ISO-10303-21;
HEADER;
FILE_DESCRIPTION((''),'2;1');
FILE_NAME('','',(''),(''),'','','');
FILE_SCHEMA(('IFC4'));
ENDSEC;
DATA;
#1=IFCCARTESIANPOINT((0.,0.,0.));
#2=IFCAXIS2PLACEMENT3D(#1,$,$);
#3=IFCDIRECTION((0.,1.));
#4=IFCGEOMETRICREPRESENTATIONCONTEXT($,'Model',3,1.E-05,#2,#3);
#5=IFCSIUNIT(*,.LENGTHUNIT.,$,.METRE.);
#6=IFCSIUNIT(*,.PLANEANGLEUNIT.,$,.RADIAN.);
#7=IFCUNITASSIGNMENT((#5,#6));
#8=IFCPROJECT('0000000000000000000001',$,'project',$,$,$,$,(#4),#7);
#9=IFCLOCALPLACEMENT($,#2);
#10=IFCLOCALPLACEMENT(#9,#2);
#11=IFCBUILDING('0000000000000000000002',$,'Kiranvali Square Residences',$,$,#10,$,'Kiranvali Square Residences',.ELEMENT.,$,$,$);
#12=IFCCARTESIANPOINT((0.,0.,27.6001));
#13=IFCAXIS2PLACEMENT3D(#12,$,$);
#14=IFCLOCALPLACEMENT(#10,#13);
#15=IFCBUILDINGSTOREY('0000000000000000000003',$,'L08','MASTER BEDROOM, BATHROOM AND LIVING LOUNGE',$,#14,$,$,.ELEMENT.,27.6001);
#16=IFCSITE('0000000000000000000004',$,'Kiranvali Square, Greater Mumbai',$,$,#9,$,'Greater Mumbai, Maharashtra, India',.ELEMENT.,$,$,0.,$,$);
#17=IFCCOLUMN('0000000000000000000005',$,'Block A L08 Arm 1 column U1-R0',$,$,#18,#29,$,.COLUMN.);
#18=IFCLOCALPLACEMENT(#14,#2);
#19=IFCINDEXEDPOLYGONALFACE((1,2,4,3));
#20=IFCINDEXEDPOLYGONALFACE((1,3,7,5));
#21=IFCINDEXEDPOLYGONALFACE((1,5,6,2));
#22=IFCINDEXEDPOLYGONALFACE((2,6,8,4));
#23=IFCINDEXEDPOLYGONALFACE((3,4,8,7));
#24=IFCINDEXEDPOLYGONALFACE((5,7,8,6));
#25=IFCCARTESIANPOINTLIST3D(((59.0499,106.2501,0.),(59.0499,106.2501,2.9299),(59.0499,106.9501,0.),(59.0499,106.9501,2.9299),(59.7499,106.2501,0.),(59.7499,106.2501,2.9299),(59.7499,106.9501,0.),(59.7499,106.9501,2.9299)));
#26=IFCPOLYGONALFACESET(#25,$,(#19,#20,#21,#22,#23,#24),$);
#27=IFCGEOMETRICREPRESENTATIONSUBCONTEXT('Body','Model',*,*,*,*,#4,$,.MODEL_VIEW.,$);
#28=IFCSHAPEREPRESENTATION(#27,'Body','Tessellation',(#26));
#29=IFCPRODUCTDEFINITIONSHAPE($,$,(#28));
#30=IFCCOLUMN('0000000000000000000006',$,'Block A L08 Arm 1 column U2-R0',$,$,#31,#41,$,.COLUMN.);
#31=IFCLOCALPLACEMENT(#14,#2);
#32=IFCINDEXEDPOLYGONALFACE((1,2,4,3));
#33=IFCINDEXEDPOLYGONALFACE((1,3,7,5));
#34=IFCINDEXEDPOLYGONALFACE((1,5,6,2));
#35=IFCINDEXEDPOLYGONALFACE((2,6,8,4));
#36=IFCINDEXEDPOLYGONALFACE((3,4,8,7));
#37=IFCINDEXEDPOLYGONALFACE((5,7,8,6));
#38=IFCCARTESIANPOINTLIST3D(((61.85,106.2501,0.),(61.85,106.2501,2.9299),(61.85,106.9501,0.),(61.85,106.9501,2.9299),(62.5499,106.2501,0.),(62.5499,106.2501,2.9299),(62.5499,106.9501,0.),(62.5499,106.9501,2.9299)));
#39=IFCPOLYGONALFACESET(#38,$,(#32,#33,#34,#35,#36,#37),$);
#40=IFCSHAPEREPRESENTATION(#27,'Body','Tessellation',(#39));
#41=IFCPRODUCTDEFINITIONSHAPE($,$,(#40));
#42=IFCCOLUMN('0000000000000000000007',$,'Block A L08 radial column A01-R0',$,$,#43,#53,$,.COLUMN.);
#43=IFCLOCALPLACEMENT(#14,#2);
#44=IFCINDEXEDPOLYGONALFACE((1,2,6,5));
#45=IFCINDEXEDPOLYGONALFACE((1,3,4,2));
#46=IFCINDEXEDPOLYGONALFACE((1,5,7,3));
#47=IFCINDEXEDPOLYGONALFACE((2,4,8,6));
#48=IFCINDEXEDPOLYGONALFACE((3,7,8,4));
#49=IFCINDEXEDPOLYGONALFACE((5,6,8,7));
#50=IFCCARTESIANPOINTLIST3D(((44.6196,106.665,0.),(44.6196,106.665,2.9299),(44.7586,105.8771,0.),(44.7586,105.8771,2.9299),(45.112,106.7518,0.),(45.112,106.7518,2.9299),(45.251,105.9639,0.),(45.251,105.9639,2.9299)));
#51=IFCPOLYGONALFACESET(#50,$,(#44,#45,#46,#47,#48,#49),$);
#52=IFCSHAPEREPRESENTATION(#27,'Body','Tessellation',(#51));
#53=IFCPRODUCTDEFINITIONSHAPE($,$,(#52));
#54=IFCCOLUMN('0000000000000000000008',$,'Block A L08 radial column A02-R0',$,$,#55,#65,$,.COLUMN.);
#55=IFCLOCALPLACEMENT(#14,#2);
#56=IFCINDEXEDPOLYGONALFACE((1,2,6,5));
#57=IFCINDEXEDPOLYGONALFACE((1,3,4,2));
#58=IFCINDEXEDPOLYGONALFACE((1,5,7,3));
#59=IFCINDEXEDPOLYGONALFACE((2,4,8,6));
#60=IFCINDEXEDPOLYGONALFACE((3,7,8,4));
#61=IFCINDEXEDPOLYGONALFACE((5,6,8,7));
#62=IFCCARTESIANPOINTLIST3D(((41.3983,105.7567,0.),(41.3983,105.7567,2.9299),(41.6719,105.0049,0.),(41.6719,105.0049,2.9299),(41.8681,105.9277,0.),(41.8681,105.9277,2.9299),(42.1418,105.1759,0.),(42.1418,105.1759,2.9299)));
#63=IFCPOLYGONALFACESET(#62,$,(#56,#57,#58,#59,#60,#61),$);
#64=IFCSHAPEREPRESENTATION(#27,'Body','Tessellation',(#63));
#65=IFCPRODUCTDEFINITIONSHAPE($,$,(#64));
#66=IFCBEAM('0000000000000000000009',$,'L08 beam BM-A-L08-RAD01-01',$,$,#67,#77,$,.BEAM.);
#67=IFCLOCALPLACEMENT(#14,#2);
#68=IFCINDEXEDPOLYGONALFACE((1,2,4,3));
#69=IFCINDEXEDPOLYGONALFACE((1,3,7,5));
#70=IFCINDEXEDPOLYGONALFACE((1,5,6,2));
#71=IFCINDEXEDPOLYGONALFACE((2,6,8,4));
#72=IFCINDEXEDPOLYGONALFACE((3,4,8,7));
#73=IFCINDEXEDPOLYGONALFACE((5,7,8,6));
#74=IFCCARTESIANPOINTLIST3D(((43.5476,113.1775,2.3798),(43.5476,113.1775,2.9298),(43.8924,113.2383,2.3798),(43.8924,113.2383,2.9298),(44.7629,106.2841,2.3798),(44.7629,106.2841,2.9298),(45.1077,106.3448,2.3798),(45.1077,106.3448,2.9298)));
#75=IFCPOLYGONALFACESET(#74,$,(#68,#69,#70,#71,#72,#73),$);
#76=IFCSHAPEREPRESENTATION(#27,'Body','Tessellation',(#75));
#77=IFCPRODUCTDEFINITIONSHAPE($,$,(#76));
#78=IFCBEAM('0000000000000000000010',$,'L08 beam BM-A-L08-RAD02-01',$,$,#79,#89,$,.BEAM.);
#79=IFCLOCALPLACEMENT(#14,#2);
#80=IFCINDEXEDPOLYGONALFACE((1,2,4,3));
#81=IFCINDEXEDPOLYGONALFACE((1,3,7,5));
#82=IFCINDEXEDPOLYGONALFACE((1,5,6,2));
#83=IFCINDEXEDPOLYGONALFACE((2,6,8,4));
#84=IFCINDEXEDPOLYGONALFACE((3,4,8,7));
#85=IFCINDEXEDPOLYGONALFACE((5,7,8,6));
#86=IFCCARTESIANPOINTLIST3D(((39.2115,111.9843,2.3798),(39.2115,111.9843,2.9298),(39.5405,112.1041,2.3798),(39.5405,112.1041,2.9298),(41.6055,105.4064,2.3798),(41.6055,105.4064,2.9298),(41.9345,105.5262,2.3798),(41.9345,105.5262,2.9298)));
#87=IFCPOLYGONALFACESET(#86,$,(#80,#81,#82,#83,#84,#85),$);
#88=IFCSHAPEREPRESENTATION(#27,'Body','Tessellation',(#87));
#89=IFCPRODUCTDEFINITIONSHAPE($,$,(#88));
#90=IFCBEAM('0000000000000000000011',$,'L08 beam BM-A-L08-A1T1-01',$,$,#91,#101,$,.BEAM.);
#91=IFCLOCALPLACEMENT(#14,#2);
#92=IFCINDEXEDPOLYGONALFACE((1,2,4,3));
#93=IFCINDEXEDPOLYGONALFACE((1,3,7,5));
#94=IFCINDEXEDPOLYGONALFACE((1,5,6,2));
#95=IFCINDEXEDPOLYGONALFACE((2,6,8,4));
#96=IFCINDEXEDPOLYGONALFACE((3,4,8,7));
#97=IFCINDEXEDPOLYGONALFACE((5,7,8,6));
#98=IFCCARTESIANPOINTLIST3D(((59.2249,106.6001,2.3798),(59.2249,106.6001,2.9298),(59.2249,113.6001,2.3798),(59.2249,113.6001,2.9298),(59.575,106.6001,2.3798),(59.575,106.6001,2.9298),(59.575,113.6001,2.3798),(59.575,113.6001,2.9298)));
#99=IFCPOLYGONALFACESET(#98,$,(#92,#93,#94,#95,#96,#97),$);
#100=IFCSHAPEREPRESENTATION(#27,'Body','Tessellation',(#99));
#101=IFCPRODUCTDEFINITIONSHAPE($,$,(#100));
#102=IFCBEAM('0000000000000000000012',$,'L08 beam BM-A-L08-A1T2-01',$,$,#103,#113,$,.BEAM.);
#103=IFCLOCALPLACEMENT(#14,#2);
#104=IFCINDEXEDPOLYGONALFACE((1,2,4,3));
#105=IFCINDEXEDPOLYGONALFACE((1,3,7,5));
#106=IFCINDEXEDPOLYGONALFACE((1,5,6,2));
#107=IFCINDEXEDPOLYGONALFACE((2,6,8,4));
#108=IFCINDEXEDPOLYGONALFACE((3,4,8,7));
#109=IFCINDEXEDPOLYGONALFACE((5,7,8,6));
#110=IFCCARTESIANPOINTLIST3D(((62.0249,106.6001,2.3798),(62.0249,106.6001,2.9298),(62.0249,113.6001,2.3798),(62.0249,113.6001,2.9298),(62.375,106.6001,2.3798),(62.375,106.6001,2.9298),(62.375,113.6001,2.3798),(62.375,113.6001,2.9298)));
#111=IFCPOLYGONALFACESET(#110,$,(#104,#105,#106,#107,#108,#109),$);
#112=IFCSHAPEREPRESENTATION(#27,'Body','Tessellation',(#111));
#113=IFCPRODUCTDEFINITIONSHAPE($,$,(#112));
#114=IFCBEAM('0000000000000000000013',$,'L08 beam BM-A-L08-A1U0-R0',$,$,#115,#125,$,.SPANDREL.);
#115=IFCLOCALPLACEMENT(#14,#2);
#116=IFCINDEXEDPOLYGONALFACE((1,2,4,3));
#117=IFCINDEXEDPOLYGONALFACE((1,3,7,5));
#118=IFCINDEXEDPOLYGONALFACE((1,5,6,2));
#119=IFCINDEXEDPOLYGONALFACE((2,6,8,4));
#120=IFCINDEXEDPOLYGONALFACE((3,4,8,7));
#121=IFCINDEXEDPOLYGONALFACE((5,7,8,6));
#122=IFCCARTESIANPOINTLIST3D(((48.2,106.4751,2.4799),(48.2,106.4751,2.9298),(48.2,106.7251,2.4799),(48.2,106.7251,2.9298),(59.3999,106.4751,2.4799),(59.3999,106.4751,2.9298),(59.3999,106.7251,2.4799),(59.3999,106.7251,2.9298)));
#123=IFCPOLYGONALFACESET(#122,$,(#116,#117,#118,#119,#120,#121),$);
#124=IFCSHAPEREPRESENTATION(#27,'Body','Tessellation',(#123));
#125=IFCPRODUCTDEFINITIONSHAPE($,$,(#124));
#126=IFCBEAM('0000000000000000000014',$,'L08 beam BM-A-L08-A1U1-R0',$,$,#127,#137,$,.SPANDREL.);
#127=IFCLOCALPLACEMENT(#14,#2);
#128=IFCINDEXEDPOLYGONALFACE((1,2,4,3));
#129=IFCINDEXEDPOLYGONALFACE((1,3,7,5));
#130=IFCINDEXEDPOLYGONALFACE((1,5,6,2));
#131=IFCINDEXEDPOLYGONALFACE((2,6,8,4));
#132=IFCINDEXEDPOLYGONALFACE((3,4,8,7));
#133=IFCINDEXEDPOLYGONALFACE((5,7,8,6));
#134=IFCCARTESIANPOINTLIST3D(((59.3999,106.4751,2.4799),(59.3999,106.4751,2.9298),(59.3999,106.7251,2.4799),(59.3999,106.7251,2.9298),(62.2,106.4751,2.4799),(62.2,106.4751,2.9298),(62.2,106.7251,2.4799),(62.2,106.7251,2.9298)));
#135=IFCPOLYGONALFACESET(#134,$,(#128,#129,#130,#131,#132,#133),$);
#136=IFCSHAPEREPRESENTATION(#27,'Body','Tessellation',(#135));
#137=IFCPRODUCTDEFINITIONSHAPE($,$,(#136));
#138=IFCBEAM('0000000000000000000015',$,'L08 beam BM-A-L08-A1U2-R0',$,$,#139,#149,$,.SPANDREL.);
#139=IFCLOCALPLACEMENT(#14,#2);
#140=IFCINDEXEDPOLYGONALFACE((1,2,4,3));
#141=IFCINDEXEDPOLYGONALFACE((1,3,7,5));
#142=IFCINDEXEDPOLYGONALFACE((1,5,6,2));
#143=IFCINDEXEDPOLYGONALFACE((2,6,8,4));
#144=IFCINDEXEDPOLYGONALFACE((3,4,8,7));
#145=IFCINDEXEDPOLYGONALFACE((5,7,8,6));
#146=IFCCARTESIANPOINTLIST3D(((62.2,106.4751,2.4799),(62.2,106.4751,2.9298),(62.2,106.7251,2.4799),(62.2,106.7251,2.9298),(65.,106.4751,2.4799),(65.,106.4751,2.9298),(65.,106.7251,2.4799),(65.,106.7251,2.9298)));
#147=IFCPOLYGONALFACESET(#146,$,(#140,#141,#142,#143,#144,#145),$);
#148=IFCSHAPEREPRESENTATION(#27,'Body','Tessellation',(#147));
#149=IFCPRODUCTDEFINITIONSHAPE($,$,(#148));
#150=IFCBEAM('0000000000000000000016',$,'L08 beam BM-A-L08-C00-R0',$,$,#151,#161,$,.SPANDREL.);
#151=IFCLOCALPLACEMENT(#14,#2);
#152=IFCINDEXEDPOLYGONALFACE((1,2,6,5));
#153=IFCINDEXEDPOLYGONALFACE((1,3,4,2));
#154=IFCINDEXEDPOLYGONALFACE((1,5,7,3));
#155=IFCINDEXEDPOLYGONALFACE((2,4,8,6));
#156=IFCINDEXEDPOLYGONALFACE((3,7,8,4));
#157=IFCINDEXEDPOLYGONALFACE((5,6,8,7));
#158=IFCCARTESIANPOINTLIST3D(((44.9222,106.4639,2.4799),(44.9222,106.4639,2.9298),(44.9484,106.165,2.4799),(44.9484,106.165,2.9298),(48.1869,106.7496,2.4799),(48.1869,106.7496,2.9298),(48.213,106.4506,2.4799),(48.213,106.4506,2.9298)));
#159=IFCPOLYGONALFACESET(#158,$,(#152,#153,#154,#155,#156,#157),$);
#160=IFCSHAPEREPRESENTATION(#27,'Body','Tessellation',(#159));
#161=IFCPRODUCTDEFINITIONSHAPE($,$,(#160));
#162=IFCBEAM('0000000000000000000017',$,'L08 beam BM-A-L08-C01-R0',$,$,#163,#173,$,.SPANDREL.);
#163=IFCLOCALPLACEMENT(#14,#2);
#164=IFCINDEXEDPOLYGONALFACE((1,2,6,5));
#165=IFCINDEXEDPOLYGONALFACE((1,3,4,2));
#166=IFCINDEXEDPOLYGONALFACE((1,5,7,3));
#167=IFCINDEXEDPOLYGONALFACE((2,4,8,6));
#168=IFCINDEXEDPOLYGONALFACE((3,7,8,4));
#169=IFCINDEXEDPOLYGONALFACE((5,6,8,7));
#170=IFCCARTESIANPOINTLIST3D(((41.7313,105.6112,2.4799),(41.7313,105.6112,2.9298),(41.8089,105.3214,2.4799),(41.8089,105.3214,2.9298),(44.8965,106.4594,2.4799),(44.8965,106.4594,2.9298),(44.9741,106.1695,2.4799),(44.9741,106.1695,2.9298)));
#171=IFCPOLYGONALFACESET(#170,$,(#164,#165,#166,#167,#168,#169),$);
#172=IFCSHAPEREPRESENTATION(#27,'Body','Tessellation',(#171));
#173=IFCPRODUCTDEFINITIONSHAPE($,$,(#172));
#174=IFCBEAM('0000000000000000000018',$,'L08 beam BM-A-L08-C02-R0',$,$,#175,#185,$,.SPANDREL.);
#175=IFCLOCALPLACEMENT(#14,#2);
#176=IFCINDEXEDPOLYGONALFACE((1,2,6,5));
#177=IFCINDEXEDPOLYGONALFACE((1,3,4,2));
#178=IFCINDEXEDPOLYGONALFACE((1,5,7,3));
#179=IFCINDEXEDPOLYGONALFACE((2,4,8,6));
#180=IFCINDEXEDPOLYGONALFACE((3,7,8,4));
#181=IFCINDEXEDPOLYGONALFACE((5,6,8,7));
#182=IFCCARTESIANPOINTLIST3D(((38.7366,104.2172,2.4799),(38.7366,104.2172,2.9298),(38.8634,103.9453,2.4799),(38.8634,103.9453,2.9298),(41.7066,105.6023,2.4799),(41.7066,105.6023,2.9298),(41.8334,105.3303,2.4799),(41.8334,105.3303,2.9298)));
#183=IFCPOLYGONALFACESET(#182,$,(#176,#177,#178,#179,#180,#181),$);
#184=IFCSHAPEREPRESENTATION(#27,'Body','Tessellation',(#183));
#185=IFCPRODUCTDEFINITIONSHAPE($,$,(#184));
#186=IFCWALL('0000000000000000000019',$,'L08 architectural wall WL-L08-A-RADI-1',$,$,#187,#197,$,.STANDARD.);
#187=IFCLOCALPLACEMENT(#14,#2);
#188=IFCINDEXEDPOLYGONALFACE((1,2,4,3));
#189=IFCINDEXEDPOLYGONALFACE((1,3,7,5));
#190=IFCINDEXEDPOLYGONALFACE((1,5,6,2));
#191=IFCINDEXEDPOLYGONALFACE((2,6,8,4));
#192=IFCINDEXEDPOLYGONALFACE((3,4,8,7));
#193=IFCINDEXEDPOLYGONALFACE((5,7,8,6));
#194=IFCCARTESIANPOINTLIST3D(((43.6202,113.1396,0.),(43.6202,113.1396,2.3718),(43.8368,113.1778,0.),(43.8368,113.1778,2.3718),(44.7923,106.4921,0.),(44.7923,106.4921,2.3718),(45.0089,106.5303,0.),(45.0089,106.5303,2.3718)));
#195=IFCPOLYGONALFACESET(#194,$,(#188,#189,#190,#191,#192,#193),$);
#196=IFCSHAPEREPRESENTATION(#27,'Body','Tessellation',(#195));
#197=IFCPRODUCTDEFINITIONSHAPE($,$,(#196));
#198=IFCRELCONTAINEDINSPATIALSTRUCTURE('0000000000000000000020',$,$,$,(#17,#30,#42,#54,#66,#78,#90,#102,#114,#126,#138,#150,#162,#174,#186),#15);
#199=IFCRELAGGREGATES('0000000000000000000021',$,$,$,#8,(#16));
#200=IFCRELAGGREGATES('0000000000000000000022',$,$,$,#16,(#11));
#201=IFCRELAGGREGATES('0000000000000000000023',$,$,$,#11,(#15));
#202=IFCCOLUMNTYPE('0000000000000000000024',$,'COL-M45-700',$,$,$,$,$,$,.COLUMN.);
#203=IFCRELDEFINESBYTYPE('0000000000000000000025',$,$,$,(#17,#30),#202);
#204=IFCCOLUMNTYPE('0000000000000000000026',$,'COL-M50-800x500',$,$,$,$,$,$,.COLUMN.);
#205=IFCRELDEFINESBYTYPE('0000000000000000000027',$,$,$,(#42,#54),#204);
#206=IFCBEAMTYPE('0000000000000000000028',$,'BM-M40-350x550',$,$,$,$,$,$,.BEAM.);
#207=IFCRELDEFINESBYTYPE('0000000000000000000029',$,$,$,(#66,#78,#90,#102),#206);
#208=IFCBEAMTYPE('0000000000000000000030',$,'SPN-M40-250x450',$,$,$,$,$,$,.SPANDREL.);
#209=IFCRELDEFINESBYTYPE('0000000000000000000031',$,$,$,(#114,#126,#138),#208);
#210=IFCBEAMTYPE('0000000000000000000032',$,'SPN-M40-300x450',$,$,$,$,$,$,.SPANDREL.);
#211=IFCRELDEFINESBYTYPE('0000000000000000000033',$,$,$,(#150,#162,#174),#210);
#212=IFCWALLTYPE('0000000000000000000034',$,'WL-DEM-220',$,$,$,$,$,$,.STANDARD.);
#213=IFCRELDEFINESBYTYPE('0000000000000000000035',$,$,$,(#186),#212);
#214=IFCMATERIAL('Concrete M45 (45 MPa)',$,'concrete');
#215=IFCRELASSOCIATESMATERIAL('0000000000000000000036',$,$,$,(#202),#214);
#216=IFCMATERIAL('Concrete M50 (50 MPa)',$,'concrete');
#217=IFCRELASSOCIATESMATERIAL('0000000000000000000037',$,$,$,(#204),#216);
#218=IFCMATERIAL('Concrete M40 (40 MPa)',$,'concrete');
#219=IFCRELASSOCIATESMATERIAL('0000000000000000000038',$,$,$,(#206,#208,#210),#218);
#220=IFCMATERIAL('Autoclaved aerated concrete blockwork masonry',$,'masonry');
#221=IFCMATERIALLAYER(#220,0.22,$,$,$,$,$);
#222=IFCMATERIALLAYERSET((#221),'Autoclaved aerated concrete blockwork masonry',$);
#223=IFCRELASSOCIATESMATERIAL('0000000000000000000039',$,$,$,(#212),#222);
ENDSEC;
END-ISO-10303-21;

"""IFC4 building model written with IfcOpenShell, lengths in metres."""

from ifc_helpers import new_model, si_unit, direction, frame, frame_2d, origin, origin_2d, place, context, subcontext, project, spatial, rectangle, extrude, material, layer, layer_set, material_profile, profile_set, type_object, element, save


model = new_model("IFC4")

# Units and contexts
model_context = context("Model", 3, precision=1e-05, world=origin(), true_north=direction((0.0, 1.0)))
body_context = subcontext(model_context, "Body", "Model", "MODEL_VIEW")
ifc_project = project(units=[si_unit("LENGTHUNIT", "METRE"), si_unit("PLANEANGLEUNIT", "RADIAN")], contexts=[model_context])

# Site, building, storey
site_placement = place(None, origin())
site = spatial("IfcSite", under=ifc_project, at=site_placement, Name="Kiranvali Square, Greater Mumbai", LongName="Greater Mumbai, Maharashtra, India", CompositionType="ELEMENT", RefElevation=0.0)
building_placement = place(site_placement, origin())
building = spatial("IfcBuilding", under=site, at=building_placement, Name="Kiranvali Square Residences", LongName="Kiranvali Square Residences", CompositionType="ELEMENT")
storey_placement = place(building_placement, frame((0.0, 0.0, 27.6001)))
storey = spatial("IfcBuildingStorey", under=building, at=storey_placement, Name="L08", Description="MASTER BEDROOM, BATHROOM AND LIVING LOUNGE", CompositionType="ELEMENT", Elevation=27.6001)

# Columns
ifc_material_1 = material(Name="Concrete M45 (45 MPa)", Category="concrete")
ifc_material_profile_1 = material_profile(ifc_material_1, rectangle(XDim=0.7, YDim=0.7, at=origin_2d()), Name="RC 700x700")
ifc_profile_set_1 = profile_set([ifc_material_profile_1], Name="Concrete M45 (45 MPa)")
column_type_1 = type_object("IfcColumnType", Name="COL-M45-700", PredefinedType="COLUMN", material=ifc_profile_set_1)
for number, where, z_axis, x_axis, name in (
    (1, (59.3999, 106.6001, 0.0), (0.0, 0.0, 1.0), (1.0, 0.0, 0.0), "Block A L08 Arm 1 column U1-R0"),
    (2, (62.2, 106.6001, 0.0), (0.0, 0.0, 1.0), (1.0, 0.0, 0.0), "Block A L08 Arm 1 column U2-R0"),
):
    element("IfcColumn", number, at=place(storey_placement, frame(where, z_axis=z_axis, x_axis=x_axis)), inside=storey, type_object=column_type_1, Name=name, PredefinedType="COLUMN", context=body_context, shape_type="SweptSolid", body=[
        extrude(rectangle(XDim=0.7, YDim=0.7, at=origin_2d()), origin(), (0.0, 0.0, 1.0), 2.9299),
    ])
ifc_material_2 = material(Name="Concrete M50 (50 MPa)", Category="concrete")
ifc_material_profile_2 = material_profile(ifc_material_2, rectangle(XDim=0.5, YDim=0.8, at=origin_2d()), Name="RC 800x500")
ifc_profile_set_2 = profile_set([ifc_material_profile_2], Name="Concrete M50 (50 MPa)")
column_type_2 = type_object("IfcColumnType", Name="COL-M50-800x500", PredefinedType="COLUMN", material=ifc_profile_set_2)
for number, where, z_axis, x_axis, name in (
    (3, (44.9353, 106.3145, 0.0), (0.0, 0.0, 1.0), (0.984808, 0.173648, 0.0), "Block A L08 radial column A01-R0"),
    (4, (41.77, 105.4663, 0.0), (0.0, 0.0, 1.0), (0.939693, 0.34202, 0.0), "Block A L08 radial column A02-R0"),
):
    element("IfcColumn", number, at=place(storey_placement, frame(where, z_axis=z_axis, x_axis=x_axis)), inside=storey, type_object=column_type_2, Name=name, PredefinedType="COLUMN", context=body_context, shape_type="SweptSolid", body=[
        extrude(rectangle(XDim=0.5, YDim=0.8, at=origin_2d()), origin(), (0.0, 0.0, 1.0), 2.9299),
    ])

# Beams
ifc_material_3 = material(Name="Concrete M40 (40 MPa)", Category="concrete")
ifc_material_profile_3 = material_profile(ifc_material_3, rectangle(XDim=0.3501, YDim=0.55, at=origin_2d()), Name="RC 350x550")
ifc_profile_set_3 = profile_set([ifc_material_profile_3], Name="Concrete M40 (40 MPa)")
beam_type_1 = type_object("IfcBeamType", Name="BM-M40-350x550", PredefinedType="BEAM", material=ifc_profile_set_3)
beam_1_placement = place(storey_placement, frame((44.9353, 106.3145, 2.6548), z_axis=(-0.173622, 0.984812, 0.0), x_axis=(-0.984812, -0.173622, 0.0)))
element("IfcBeam", 5, at=beam_1_placement, inside=storey, type_object=beam_type_1, Name="L08 beam BM-A-L08-RAD01-01", PredefinedType="BEAM", context=body_context, shape_type="SweptSolid", body=[
    extrude(rectangle(XDim=0.3501, YDim=0.55, at=origin_2d()), origin(), (0.0, 0.0, 1.0), 6.9998),
])
for number, where, z_axis, x_axis, name in (
    (6, (41.77, 105.4663, 2.6548), (-0.342006, 0.939698, 0.0), (-0.939698, -0.342006, 0.0), "L08 beam BM-A-L08-RAD02-01"),
    (7, (59.3999, 106.6001, 2.6548), (0.0, 1.0, 0.0), (-1.0, 0.0, 0.0), "L08 beam BM-A-L08-A1T1-01"),
    (8, (62.2, 106.6001, 2.6548), (0.0, 1.0, 0.0), (-1.0, 0.0, 0.0), "L08 beam BM-A-L08-A1T2-01"),
):
    element("IfcBeam", number, at=place(storey_placement, frame(where, z_axis=z_axis, x_axis=x_axis)), inside=storey, type_object=beam_type_1, Name=name, PredefinedType="BEAM", context=body_context, shape_type="SweptSolid", body=[
        extrude(rectangle(XDim=0.3501, YDim=0.55, at=origin_2d()), origin(), (0.0, 0.0, 1.0), 7.0),
    ])
ifc_material_profile_4 = material_profile(ifc_material_3, rectangle(XDim=0.25, YDim=0.45, at=origin_2d()), Name="RC 250x450")
ifc_profile_set_4 = profile_set([ifc_material_profile_4], Name="Concrete M40 (40 MPa)")
beam_type_2 = type_object("IfcBeamType", Name="SPN-M40-250x450", PredefinedType="SPANDREL", material=ifc_profile_set_4)
beam_2_placement = place(storey_placement, frame((48.2, 106.6001, 2.7048), z_axis=(1.0, 0.0, 0.0), x_axis=(0.0, 1.0, 0.0)))
element("IfcBeam", 9, at=beam_2_placement, inside=storey, type_object=beam_type_2, Name="L08 beam BM-A-L08-A1U0-R0", PredefinedType="SPANDREL", context=body_context, shape_type="SweptSolid", body=[
    extrude(rectangle(XDim=0.25, YDim=0.45, at=origin_2d()), origin(), (0.0, 0.0, 1.0), 11.2),
])
for number, where, z_axis, x_axis, name in (
    (10, (59.3999, 106.6001, 2.7048), (1.0, 0.0, 0.0), (0.0, 1.0, 0.0), "L08 beam BM-A-L08-A1U1-R0"),
    (11, (62.2, 106.6001, 2.7048), (1.0, 0.0, 0.0), (0.0, 1.0, 0.0), "L08 beam BM-A-L08-A1U2-R0"),
):
    element("IfcBeam", number, at=place(storey_placement, frame(where, z_axis=z_axis, x_axis=x_axis)), inside=storey, type_object=beam_type_2, Name=name, PredefinedType="SPANDREL", context=body_context, shape_type="SweptSolid", body=[
        extrude(rectangle(XDim=0.25, YDim=0.45, at=origin_2d()), origin(), (0.0, 0.0, 1.0), 2.8),
    ])
ifc_material_profile_5 = material_profile(ifc_material_3, rectangle(XDim=0.3, YDim=0.45, at=origin_2d()), Name="RC 300x450")
ifc_profile_set_5 = profile_set([ifc_material_profile_5], Name="Concrete M40 (40 MPa)")
beam_type_3 = type_object("IfcBeamType", Name="SPN-M40-300x450", PredefinedType="SPANDREL", material=ifc_profile_set_5)
beam_3_placement = place(storey_placement, frame((48.2, 106.6001, 2.7048), z_axis=(-0.996194, -0.087163, 0.0), x_axis=(0.087163, -0.996194, 0.0)))
element("IfcBeam", 12, at=beam_3_placement, inside=storey, type_object=beam_type_3, Name="L08 beam BM-A-L08-C00-R0", PredefinedType="SPANDREL", context=body_context, shape_type="SweptSolid", body=[
    extrude(rectangle(XDim=0.3, YDim=0.45, at=origin_2d()), origin(), (0.0, 0.0, 1.0), 3.2771),
])
beam_4_placement = place(storey_placement, frame((44.9353, 106.3145, 2.7048), z_axis=(-0.965925, -0.258822, 0.0), x_axis=(0.258822, -0.965925, 0.0)))
element("IfcBeam", 13, at=beam_4_placement, inside=storey, type_object=beam_type_3, Name="L08 beam BM-A-L08-C01-R0", PredefinedType="SPANDREL", context=body_context, shape_type="SweptSolid", body=[
    extrude(rectangle(XDim=0.3, YDim=0.45, at=origin_2d()), origin(), (0.0, 0.0, 1.0), 3.2769),
])
beam_5_placement = place(storey_placement, frame((41.77, 105.4663, 2.7048), z_axis=(-0.906297, -0.422641, 0.0), x_axis=(0.422641, -0.906297, 0.0)))
element("IfcBeam", 14, at=beam_5_placement, inside=storey, type_object=beam_type_3, Name="L08 beam BM-A-L08-C02-R0", PredefinedType="SPANDREL", context=body_context, shape_type="SweptSolid", body=[
    extrude(rectangle(XDim=0.3, YDim=0.45, at=origin_2d()), origin(), (0.0, 0.0, 1.0), 3.2771),
])

# Wall
ifc_material_4 = material(Name="Autoclaved aerated concrete blockwork masonry", Category="masonry")
ifc_layer_1 = layer(ifc_material_4, 0.22)
ifc_layer_set_1 = layer_set([ifc_layer_1], Name="Autoclaved aerated concrete blockwork masonry")
wall_type_1 = type_object("IfcWallType", Name="WL-DEM-220", PredefinedType="STANDARD", material=ifc_layer_set_1)
wall_1_placement = place(storey_placement, frame((44.9006, 106.5112, 0.0), z_axis=(0.0, 0.0, 1.0), x_axis=(-0.173647, 0.984808, 0.0)))
element("IfcWall", 15, at=wall_1_placement, inside=storey, type_object=wall_type_1, Name="L08 architectural wall WL-L08-A-RADI-1", PredefinedType="STANDARD", context=body_context, shape_type="SweptSolid", body=[
    extrude(rectangle(XDim=6.75, YDim=0.22, at=frame_2d((3.375, 0.0))), origin(), (0.0, 0.0, 1.0), 2.3718),
])

save(model, "model.ifc")
